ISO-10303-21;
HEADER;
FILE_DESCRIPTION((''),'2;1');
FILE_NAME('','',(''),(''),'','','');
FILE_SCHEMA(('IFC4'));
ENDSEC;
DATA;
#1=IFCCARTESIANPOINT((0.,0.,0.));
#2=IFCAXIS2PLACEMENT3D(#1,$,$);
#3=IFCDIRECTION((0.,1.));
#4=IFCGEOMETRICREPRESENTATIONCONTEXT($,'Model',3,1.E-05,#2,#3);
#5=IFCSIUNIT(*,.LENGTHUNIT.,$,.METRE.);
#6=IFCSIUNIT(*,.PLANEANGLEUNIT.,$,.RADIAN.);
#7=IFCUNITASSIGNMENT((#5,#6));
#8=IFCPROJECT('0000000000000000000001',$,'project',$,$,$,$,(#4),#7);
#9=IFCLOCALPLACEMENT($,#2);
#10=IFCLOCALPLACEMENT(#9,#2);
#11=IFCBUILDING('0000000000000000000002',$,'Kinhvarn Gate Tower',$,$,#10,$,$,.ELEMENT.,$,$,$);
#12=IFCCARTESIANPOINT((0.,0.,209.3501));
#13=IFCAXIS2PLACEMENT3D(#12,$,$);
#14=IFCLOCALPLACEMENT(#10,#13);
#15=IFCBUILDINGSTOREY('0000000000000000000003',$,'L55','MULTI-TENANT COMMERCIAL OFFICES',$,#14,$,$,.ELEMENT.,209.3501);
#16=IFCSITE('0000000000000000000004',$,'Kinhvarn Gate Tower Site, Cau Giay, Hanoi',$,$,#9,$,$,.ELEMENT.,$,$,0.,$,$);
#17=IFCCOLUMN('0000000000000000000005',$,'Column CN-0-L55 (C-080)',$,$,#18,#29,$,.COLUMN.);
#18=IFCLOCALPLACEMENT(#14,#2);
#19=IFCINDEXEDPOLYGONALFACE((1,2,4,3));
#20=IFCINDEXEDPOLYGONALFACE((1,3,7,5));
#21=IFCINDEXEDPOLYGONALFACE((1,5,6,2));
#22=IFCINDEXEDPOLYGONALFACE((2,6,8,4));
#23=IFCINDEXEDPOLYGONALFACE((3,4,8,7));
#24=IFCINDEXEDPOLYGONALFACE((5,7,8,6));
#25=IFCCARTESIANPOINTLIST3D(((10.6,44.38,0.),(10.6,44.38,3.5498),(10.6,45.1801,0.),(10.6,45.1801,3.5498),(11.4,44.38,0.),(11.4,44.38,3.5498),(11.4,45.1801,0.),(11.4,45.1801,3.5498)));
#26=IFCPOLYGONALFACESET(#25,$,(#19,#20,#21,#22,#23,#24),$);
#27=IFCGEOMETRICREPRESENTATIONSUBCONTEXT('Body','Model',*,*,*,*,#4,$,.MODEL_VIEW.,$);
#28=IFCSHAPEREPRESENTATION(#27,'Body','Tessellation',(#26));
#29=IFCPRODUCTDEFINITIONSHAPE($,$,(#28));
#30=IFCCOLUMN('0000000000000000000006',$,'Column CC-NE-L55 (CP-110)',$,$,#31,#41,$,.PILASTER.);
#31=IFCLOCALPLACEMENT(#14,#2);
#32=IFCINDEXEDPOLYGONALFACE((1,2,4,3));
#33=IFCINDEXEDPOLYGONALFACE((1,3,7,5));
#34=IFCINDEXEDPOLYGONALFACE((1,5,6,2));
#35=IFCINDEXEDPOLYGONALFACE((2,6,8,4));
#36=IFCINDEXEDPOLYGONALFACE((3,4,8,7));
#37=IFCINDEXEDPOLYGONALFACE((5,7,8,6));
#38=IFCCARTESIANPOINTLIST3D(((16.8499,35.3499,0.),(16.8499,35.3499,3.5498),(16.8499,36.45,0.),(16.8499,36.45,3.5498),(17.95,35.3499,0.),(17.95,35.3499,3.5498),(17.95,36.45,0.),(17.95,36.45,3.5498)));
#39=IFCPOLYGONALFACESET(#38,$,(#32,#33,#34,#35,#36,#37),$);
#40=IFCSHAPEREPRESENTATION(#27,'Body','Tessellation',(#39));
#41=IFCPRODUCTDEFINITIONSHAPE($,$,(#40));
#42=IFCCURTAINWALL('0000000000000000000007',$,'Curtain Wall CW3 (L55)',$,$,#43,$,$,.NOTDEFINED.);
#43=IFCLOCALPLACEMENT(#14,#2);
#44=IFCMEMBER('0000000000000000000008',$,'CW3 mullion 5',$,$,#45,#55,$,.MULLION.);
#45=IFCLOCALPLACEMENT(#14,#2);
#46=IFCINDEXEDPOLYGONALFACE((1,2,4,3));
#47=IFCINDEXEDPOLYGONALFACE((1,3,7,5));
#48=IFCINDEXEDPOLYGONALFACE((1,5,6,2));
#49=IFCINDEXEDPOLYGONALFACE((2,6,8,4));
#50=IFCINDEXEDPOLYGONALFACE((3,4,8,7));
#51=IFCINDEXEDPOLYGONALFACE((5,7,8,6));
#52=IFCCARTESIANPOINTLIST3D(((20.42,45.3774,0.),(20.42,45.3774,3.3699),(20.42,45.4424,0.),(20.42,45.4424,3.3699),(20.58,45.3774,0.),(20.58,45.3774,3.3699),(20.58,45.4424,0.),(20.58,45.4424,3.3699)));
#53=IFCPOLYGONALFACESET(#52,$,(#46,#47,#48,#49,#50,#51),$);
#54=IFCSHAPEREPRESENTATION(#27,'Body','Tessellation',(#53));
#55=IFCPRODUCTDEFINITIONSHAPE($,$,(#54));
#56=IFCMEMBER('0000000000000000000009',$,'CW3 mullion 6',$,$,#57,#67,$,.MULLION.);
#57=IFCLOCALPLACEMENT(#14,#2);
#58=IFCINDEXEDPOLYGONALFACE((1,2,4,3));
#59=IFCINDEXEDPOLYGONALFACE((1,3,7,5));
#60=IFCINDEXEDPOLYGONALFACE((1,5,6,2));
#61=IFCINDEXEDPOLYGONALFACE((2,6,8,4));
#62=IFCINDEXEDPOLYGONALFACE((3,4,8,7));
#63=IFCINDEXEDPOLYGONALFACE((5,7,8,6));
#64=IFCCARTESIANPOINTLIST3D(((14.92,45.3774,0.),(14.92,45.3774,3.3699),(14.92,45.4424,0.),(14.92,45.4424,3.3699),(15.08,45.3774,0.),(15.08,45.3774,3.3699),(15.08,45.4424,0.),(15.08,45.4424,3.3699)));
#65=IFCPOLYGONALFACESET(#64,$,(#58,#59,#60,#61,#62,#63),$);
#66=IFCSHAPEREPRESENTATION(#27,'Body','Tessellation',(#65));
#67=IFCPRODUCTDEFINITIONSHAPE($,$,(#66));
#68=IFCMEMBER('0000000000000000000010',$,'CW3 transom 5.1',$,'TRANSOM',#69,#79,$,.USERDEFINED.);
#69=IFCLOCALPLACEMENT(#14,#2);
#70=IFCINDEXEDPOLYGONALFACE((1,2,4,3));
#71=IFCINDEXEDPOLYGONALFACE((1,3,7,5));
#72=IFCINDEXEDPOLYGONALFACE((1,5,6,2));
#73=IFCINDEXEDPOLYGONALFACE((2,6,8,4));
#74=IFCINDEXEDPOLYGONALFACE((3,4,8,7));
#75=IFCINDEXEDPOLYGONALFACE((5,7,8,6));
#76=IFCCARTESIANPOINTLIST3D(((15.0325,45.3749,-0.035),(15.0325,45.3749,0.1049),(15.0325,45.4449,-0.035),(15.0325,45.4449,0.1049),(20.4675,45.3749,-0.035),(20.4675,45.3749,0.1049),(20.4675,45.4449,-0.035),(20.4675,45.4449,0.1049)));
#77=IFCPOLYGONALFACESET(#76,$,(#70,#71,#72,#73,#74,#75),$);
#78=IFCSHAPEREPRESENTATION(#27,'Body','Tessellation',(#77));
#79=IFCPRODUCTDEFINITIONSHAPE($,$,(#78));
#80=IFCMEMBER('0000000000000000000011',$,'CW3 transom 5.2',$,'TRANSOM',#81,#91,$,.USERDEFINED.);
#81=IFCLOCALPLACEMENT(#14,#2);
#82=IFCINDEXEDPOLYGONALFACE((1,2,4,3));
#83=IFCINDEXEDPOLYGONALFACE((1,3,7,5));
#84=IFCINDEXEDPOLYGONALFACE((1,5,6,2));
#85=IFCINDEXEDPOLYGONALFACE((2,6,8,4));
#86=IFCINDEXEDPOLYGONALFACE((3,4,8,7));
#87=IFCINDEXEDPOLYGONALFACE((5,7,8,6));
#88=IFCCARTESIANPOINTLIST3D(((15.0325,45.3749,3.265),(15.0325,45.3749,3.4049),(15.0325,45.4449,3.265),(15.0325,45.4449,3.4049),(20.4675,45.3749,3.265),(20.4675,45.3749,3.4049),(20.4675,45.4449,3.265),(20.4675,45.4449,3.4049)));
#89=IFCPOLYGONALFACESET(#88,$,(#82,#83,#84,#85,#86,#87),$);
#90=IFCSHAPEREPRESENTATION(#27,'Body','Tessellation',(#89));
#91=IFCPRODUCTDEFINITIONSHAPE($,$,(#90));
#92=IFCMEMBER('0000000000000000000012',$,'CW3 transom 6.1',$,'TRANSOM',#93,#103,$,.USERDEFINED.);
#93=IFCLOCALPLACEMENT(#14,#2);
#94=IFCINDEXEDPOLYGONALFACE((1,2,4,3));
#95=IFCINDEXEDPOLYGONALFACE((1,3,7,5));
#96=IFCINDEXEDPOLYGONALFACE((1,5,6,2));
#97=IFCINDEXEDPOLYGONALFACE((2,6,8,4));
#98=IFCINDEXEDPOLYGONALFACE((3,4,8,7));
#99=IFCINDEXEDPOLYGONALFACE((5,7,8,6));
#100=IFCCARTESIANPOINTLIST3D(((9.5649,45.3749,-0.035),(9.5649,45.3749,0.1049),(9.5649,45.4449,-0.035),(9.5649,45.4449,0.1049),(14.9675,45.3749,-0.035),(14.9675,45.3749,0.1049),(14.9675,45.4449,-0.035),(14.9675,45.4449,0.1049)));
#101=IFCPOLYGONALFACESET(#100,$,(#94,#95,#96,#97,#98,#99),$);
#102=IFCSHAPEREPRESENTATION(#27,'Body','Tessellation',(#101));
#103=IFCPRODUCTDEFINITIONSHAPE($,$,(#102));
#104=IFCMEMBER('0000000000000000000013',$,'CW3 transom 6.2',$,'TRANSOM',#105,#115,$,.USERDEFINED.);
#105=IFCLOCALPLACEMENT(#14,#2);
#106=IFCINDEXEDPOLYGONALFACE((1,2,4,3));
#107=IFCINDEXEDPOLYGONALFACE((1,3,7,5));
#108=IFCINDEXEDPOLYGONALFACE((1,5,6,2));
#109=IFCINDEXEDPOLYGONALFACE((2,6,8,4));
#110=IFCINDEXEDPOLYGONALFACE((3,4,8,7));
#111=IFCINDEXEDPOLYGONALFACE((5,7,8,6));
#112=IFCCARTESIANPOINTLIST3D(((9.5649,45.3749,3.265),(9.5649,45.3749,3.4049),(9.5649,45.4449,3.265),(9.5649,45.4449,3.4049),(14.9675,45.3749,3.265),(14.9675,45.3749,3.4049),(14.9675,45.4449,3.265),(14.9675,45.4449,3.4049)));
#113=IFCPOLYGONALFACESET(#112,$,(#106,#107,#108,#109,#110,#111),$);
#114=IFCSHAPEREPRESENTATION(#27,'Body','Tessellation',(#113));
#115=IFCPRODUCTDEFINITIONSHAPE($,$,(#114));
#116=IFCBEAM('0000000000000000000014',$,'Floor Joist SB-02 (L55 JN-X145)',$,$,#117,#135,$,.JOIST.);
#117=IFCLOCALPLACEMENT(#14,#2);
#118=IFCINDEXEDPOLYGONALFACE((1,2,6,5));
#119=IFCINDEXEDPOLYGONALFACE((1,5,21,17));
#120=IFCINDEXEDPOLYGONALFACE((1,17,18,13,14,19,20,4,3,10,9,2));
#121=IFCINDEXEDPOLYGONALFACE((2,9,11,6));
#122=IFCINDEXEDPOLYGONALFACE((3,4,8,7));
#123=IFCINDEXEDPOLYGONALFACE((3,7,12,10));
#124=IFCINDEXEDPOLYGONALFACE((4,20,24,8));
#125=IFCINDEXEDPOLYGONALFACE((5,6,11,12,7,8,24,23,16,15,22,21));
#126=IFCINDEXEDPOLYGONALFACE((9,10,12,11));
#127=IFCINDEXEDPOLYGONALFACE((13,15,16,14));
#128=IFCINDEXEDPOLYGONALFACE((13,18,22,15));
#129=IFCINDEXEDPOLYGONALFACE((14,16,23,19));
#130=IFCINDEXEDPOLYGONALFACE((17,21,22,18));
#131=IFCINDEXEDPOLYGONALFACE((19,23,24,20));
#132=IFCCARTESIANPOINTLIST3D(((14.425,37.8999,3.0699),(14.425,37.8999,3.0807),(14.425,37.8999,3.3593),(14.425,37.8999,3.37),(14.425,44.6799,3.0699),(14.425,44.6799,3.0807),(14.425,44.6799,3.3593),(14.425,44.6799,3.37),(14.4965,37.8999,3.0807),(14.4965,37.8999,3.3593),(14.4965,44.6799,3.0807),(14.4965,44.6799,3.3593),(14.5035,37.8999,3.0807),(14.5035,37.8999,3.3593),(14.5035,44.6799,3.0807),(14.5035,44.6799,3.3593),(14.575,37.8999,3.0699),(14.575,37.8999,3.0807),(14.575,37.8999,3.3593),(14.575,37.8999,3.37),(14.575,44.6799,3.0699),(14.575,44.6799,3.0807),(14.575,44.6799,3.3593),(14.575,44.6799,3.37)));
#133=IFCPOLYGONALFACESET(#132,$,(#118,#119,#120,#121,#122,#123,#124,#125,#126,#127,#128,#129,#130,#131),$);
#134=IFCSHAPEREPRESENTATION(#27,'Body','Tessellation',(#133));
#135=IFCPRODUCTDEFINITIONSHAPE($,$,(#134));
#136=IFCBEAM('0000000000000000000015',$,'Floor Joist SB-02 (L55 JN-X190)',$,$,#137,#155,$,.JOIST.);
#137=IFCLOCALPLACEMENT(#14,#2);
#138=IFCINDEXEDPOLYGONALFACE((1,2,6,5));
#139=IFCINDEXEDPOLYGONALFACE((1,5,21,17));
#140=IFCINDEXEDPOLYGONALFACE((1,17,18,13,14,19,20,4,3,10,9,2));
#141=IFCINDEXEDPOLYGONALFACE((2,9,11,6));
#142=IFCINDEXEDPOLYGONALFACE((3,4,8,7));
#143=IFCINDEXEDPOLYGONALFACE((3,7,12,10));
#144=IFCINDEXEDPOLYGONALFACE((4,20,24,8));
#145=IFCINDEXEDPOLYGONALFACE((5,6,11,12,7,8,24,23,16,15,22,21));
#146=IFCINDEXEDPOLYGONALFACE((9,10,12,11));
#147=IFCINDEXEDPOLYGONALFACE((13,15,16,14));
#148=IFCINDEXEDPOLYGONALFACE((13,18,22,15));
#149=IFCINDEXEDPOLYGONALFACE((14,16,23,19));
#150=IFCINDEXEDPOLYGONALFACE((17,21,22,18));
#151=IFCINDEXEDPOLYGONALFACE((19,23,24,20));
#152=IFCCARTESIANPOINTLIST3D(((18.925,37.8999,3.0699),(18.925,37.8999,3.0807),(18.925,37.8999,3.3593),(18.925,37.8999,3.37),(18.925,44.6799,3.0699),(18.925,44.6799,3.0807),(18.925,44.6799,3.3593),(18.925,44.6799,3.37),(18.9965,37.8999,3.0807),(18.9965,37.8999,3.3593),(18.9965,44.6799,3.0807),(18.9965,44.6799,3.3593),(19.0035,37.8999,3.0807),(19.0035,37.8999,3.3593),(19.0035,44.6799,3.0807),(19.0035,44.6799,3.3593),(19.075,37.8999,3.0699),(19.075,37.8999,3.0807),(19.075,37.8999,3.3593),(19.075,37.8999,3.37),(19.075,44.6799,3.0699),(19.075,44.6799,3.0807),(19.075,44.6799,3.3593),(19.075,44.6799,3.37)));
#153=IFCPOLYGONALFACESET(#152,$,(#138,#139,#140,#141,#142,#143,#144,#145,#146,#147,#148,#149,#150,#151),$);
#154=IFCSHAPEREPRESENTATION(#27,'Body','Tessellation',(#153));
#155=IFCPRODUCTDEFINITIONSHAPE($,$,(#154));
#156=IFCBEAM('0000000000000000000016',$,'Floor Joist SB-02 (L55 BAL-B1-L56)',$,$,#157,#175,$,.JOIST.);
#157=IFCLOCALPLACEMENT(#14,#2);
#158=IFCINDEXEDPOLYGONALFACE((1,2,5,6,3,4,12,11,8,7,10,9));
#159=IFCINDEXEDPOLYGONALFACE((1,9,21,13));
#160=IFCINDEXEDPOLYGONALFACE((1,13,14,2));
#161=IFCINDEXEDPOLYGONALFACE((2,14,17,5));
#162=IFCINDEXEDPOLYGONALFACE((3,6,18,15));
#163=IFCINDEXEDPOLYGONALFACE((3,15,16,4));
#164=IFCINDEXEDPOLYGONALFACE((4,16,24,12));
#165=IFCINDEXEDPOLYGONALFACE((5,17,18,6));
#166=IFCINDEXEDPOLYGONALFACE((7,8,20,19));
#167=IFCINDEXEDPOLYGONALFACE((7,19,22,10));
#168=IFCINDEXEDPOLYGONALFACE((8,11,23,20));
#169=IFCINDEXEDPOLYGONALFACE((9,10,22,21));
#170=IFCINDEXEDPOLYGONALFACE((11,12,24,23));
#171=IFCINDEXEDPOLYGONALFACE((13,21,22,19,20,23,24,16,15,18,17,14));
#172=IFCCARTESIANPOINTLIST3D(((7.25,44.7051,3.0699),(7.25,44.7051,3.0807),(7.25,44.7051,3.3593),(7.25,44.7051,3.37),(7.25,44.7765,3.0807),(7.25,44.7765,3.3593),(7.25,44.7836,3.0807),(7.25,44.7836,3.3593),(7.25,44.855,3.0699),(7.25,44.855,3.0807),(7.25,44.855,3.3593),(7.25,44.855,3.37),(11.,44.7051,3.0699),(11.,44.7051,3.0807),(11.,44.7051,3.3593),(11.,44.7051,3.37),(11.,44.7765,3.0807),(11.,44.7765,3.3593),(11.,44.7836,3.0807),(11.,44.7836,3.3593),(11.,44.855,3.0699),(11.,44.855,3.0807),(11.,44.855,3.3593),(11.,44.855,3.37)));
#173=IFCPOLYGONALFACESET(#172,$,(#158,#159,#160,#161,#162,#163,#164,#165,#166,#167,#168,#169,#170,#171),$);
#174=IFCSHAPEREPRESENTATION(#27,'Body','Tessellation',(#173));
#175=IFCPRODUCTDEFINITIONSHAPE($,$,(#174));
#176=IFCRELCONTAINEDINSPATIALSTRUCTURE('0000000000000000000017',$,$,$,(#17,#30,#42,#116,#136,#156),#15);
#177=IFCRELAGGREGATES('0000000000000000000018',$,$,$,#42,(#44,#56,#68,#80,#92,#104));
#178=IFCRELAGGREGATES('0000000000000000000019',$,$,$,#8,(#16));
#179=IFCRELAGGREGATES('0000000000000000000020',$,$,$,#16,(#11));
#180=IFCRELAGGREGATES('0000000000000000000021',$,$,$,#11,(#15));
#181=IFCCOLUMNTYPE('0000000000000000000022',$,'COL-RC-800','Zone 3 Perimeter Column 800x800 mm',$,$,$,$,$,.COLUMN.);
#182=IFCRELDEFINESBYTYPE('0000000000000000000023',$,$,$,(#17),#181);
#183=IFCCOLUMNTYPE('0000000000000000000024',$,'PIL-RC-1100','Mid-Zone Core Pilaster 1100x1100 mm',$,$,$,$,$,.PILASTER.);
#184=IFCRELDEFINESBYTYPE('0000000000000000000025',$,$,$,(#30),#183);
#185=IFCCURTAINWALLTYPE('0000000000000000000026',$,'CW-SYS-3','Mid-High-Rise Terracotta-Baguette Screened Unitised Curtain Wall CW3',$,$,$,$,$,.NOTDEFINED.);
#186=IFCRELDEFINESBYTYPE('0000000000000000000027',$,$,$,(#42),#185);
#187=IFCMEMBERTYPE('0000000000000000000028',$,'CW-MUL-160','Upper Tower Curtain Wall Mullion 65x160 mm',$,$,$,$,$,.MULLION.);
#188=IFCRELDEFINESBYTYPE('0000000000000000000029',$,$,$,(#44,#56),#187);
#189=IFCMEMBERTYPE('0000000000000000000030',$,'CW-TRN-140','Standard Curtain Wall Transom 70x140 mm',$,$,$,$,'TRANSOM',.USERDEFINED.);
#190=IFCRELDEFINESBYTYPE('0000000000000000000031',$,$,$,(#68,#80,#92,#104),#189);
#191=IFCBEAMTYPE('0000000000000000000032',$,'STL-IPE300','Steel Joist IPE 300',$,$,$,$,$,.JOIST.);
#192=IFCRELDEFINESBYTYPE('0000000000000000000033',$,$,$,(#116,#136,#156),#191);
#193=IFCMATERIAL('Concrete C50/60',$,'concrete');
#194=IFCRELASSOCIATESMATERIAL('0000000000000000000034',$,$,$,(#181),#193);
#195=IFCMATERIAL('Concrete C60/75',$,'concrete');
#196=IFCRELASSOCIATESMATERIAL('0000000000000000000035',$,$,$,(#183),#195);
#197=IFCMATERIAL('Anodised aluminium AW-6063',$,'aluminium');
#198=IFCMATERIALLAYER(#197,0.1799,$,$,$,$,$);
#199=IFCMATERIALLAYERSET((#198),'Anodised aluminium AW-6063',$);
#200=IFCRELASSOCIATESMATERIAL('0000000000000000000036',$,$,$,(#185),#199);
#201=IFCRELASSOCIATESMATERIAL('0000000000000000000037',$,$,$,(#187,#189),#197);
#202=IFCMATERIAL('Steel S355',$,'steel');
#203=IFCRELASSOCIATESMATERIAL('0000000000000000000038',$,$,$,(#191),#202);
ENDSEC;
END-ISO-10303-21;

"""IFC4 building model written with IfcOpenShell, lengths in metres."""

from ifc_helpers import new_model, si_unit, direction, frame, origin, origin_2d, place, context, subcontext, project, spatial, rectangle, i_section, extrude, material, layer, layer_set, material_profile, profile_set, type_object, element, aggregate, save


model = new_model("IFC4")

# Units and contexts
model_context = context("Model", 3, precision=1e-05, world=origin(), true_north=direction((0.0, 1.0)))
body_context = subcontext(model_context, "Body", "Model", "MODEL_VIEW")
ifc_project = project(units=[si_unit("LENGTHUNIT", "METRE"), si_unit("PLANEANGLEUNIT", "RADIAN")], contexts=[model_context])

# Site, building, storey
site_placement = place(None, origin())
site = spatial("IfcSite", under=ifc_project, at=site_placement, Name="Kinhvarn Gate Tower Site, Cau Giay, Hanoi", CompositionType="ELEMENT", RefElevation=0.0)
building_placement = place(site_placement, origin())
building = spatial("IfcBuilding", under=site, at=building_placement, Name="Kinhvarn Gate Tower", CompositionType="ELEMENT")
storey_placement = place(building_placement, frame((0.0, 0.0, 209.3501)))
storey = spatial("IfcBuildingStorey", under=building, at=storey_placement, Name="L55", Description="MULTI-TENANT COMMERCIAL OFFICES", CompositionType="ELEMENT", Elevation=209.3501)

# Columns
ifc_material_1 = material(Name="Concrete C50/60", Category="concrete")
ifc_material_profile_1 = material_profile(ifc_material_1, rectangle(XDim=0.8, YDim=0.8, at=origin_2d()), Name="RC 800x800")
ifc_profile_set_1 = profile_set([ifc_material_profile_1], Name="Concrete C50/60")
column_type_1 = type_object("IfcColumnType", Name="COL-RC-800", Description="Zone 3 Perimeter Column 800x800 mm", PredefinedType="COLUMN", material=ifc_profile_set_1)
column_1_placement = place(storey_placement, frame((11.0, 44.78, 0.0), z_axis=(0.0, 0.0, 1.0), x_axis=(1.0, 0.0, 0.0)))
element("IfcColumn", 1, at=column_1_placement, inside=storey, type_object=column_type_1, Name="Column CN-0-L55 (C-080)", PredefinedType="COLUMN", context=body_context, shape_type="SweptSolid", body=[
    extrude(rectangle(XDim=0.8, YDim=0.8, at=origin_2d()), origin(), (0.0, 0.0, 1.0), 3.5498),
])
ifc_material_2 = material(Name="Concrete C60/75", Category="concrete")
ifc_material_profile_2 = material_profile(ifc_material_2, rectangle(XDim=1.1001, YDim=1.1001, at=origin_2d()), Name="RC 1100x1100")
ifc_profile_set_2 = profile_set([ifc_material_profile_2], Name="Concrete C60/75")
column_type_2 = type_object("IfcColumnType", Name="PIL-RC-1100", Description="Mid-Zone Core Pilaster 1100x1100 mm", PredefinedType="PILASTER", material=ifc_profile_set_2)
column_2_placement = place(storey_placement, frame((17.3999, 35.8999, 0.0), z_axis=(0.0, 0.0, 1.0), x_axis=(1.0, 0.0, 0.0)))
element("IfcColumn", 2, at=column_2_placement, inside=storey, type_object=column_type_2, Name="Column CC-NE-L55 (CP-110)", PredefinedType="PILASTER", context=body_context, shape_type="SweptSolid", body=[
    extrude(rectangle(XDim=1.1001, YDim=1.1001, at=origin_2d()), origin(), (0.0, 0.0, 1.0), 3.5498),
])

# Curtain wall, members
ifc_material_3 = material(Name="Anodised aluminium AW-6063", Category="aluminium")
ifc_layer_1 = layer(ifc_material_3, 0.1799)
ifc_layer_set_1 = layer_set([ifc_layer_1], Name="Anodised aluminium AW-6063")
curtain_wall_type = type_object("IfcCurtainWallType", Name="CW-SYS-3", Description="Mid-High-Rise Terracotta-Baguette Screened Unitised Curtain Wall CW3", PredefinedType="NOTDEFINED", material=ifc_layer_set_1)
curtain_wall_placement = place(storey_placement, origin())
curtain_wall = element("IfcCurtainWall", 3, at=curtain_wall_placement, inside=storey, type_object=curtain_wall_type, Name="Curtain Wall CW3 (L55)", PredefinedType="NOTDEFINED")
ifc_material_profile_3 = material_profile(ifc_material_3, rectangle(XDim=0.0649, YDim=0.1599, at=origin_2d()), Name="ALU 65x160")
ifc_profile_set_3 = profile_set([ifc_material_profile_3], Name="Anodised aluminium AW-6063")
member_type_1 = type_object("IfcMemberType", Name="CW-MUL-160", Description="Upper Tower Curtain Wall Mullion 65x160 mm", PredefinedType="MULLION", material=ifc_profile_set_3)
member_1_placement = place(storey_placement, frame((20.5, 45.4099, 0.0), z_axis=(0.0, 0.0, 1.0), x_axis=(0.0, -1.0, 0.0)))
member_1 = element("IfcMember", 4, at=member_1_placement, type_object=member_type_1, Name="CW3 mullion 5", PredefinedType="MULLION", context=body_context, shape_type="SweptSolid", body=[
    extrude(rectangle(XDim=0.0649, YDim=0.1599, at=origin_2d()), origin(), (0.0, 0.0, 1.0), 3.3699),
])
member_2_placement = place(storey_placement, frame((15.0, 45.4099, 0.0), z_axis=(0.0, 0.0, 1.0), x_axis=(0.0, -1.0, 0.0)))
member_2 = element("IfcMember", 5, at=member_2_placement, type_object=member_type_1, Name="CW3 mullion 6", PredefinedType="MULLION", context=body_context, shape_type="SweptSolid", body=[
    extrude(rectangle(XDim=0.0649, YDim=0.1599, at=origin_2d()), origin(), (0.0, 0.0, 1.0), 3.3699),
])
ifc_material_profile_4 = material_profile(ifc_material_3, rectangle(XDim=0.0701, YDim=0.1399, at=origin_2d()), Name="ALU 70x140")
ifc_profile_set_4 = profile_set([ifc_material_profile_4], Name="Anodised aluminium AW-6063")
member_type_2 = type_object("IfcMemberType", Name="CW-TRN-140", Description="Standard Curtain Wall Transom 70x140 mm", ElementType="TRANSOM", PredefinedType="USERDEFINED", material=ifc_profile_set_4)
member_3_placement = place(storey_placement, frame((20.4675, 45.4099, 0.0349), z_axis=(-1.0, 0.0, 0.0), x_axis=(0.0, -1.0, 0.0)))
member_3 = element("IfcMember", 6, at=member_3_placement, type_object=member_type_2, Name="CW3 transom 5.1", ObjectType="TRANSOM", PredefinedType="USERDEFINED", context=body_context, shape_type="SweptSolid", body=[
    extrude(rectangle(XDim=0.0701, YDim=0.1399, at=origin_2d()), origin(), (0.0, 0.0, 1.0), 5.4351),
])
member_4_placement = place(storey_placement, frame((20.4675, 45.4099, 3.335), z_axis=(-1.0, 0.0, 0.0), x_axis=(0.0, -1.0, 0.0)))
member_4 = element("IfcMember", 7, at=member_4_placement, type_object=member_type_2, Name="CW3 transom 5.2", ObjectType="TRANSOM", PredefinedType="USERDEFINED", context=body_context, shape_type="SweptSolid", body=[
    extrude(rectangle(XDim=0.0701, YDim=0.1399, at=origin_2d()), origin(), (0.0, 0.0, 1.0), 5.4351),
])
member_5_placement = place(storey_placement, frame((14.9675, 45.4099, 0.0349), z_axis=(-1.0, 0.0, 0.0), x_axis=(0.0, -1.0, 0.0)))
member_5 = element("IfcMember", 8, at=member_5_placement, type_object=member_type_2, Name="CW3 transom 6.1", ObjectType="TRANSOM", PredefinedType="USERDEFINED", context=body_context, shape_type="SweptSolid", body=[
    extrude(rectangle(XDim=0.0701, YDim=0.1399, at=origin_2d()), origin(), (0.0, 0.0, 1.0), 5.4026),
])
member_6_placement = place(storey_placement, frame((14.9675, 45.4099, 3.335), z_axis=(-1.0, 0.0, 0.0), x_axis=(0.0, -1.0, 0.0)))
member_6 = element("IfcMember", 9, at=member_6_placement, type_object=member_type_2, Name="CW3 transom 6.2", ObjectType="TRANSOM", PredefinedType="USERDEFINED", context=body_context, shape_type="SweptSolid", body=[
    extrude(rectangle(XDim=0.0701, YDim=0.1399, at=origin_2d()), origin(), (0.0, 0.0, 1.0), 5.4026),
])

# Beams
ifc_material_4 = material(Name="Steel S355", Category="steel")
ifc_material_profile_5 = material_profile(ifc_material_4, i_section(OverallWidth=0.1499, OverallDepth=0.3, WebThickness=0.0071, FlangeThickness=0.0107, at=origin_2d()), Name="IPE 300")
ifc_profile_set_5 = profile_set([ifc_material_profile_5], Name="Steel S355")
beam_type_1 = type_object("IfcBeamType", Name="STL-IPE300", Description="Steel Joist IPE 300", PredefinedType="JOIST", material=ifc_profile_set_5)
for number, where, z_axis, x_axis, name in (
    (10, (14.5, 37.8999, 3.22), (0.0, 1.0, 0.0), (-1.0, 0.0, 0.0), "Floor Joist SB-02 (L55 JN-X145)"),
    (11, (19.0, 37.8999, 3.22), (0.0, 1.0, 0.0), (-1.0, 0.0, 0.0), "Floor Joist SB-02 (L55 JN-X190)"),
):
    element("IfcBeam", number, at=place(storey_placement, frame(where, z_axis=z_axis, x_axis=x_axis)), inside=storey, type_object=beam_type_1, Name=name, PredefinedType="JOIST", context=body_context, shape_type="SweptSolid", body=[
        extrude(i_section(OverallWidth=0.1499, OverallDepth=0.3, WebThickness=0.0071, FlangeThickness=0.0107, at=origin_2d()), origin(), (0.0, 0.0, 1.0), 6.78),
    ])
beam_1_placement = place(storey_placement, frame((11.0, 44.78, 3.22), z_axis=(-1.0, 0.0, 0.0), x_axis=(0.0, -1.0, 0.0)))
element("IfcBeam", 12, at=beam_1_placement, inside=storey, type_object=beam_type_1, Name="Floor Joist SB-02 (L55 BAL-B1-L56)", PredefinedType="JOIST", context=body_context, shape_type="SweptSolid", body=[
    extrude(i_section(OverallWidth=0.1499, OverallDepth=0.3, WebThickness=0.0071, FlangeThickness=0.0107, at=origin_2d()), origin(), (0.0, 0.0, 1.0), 3.75),
])

aggregate(curtain_wall, [member_1, member_2, member_3, member_4, member_5, member_6])

save(model, "model.ifc")
